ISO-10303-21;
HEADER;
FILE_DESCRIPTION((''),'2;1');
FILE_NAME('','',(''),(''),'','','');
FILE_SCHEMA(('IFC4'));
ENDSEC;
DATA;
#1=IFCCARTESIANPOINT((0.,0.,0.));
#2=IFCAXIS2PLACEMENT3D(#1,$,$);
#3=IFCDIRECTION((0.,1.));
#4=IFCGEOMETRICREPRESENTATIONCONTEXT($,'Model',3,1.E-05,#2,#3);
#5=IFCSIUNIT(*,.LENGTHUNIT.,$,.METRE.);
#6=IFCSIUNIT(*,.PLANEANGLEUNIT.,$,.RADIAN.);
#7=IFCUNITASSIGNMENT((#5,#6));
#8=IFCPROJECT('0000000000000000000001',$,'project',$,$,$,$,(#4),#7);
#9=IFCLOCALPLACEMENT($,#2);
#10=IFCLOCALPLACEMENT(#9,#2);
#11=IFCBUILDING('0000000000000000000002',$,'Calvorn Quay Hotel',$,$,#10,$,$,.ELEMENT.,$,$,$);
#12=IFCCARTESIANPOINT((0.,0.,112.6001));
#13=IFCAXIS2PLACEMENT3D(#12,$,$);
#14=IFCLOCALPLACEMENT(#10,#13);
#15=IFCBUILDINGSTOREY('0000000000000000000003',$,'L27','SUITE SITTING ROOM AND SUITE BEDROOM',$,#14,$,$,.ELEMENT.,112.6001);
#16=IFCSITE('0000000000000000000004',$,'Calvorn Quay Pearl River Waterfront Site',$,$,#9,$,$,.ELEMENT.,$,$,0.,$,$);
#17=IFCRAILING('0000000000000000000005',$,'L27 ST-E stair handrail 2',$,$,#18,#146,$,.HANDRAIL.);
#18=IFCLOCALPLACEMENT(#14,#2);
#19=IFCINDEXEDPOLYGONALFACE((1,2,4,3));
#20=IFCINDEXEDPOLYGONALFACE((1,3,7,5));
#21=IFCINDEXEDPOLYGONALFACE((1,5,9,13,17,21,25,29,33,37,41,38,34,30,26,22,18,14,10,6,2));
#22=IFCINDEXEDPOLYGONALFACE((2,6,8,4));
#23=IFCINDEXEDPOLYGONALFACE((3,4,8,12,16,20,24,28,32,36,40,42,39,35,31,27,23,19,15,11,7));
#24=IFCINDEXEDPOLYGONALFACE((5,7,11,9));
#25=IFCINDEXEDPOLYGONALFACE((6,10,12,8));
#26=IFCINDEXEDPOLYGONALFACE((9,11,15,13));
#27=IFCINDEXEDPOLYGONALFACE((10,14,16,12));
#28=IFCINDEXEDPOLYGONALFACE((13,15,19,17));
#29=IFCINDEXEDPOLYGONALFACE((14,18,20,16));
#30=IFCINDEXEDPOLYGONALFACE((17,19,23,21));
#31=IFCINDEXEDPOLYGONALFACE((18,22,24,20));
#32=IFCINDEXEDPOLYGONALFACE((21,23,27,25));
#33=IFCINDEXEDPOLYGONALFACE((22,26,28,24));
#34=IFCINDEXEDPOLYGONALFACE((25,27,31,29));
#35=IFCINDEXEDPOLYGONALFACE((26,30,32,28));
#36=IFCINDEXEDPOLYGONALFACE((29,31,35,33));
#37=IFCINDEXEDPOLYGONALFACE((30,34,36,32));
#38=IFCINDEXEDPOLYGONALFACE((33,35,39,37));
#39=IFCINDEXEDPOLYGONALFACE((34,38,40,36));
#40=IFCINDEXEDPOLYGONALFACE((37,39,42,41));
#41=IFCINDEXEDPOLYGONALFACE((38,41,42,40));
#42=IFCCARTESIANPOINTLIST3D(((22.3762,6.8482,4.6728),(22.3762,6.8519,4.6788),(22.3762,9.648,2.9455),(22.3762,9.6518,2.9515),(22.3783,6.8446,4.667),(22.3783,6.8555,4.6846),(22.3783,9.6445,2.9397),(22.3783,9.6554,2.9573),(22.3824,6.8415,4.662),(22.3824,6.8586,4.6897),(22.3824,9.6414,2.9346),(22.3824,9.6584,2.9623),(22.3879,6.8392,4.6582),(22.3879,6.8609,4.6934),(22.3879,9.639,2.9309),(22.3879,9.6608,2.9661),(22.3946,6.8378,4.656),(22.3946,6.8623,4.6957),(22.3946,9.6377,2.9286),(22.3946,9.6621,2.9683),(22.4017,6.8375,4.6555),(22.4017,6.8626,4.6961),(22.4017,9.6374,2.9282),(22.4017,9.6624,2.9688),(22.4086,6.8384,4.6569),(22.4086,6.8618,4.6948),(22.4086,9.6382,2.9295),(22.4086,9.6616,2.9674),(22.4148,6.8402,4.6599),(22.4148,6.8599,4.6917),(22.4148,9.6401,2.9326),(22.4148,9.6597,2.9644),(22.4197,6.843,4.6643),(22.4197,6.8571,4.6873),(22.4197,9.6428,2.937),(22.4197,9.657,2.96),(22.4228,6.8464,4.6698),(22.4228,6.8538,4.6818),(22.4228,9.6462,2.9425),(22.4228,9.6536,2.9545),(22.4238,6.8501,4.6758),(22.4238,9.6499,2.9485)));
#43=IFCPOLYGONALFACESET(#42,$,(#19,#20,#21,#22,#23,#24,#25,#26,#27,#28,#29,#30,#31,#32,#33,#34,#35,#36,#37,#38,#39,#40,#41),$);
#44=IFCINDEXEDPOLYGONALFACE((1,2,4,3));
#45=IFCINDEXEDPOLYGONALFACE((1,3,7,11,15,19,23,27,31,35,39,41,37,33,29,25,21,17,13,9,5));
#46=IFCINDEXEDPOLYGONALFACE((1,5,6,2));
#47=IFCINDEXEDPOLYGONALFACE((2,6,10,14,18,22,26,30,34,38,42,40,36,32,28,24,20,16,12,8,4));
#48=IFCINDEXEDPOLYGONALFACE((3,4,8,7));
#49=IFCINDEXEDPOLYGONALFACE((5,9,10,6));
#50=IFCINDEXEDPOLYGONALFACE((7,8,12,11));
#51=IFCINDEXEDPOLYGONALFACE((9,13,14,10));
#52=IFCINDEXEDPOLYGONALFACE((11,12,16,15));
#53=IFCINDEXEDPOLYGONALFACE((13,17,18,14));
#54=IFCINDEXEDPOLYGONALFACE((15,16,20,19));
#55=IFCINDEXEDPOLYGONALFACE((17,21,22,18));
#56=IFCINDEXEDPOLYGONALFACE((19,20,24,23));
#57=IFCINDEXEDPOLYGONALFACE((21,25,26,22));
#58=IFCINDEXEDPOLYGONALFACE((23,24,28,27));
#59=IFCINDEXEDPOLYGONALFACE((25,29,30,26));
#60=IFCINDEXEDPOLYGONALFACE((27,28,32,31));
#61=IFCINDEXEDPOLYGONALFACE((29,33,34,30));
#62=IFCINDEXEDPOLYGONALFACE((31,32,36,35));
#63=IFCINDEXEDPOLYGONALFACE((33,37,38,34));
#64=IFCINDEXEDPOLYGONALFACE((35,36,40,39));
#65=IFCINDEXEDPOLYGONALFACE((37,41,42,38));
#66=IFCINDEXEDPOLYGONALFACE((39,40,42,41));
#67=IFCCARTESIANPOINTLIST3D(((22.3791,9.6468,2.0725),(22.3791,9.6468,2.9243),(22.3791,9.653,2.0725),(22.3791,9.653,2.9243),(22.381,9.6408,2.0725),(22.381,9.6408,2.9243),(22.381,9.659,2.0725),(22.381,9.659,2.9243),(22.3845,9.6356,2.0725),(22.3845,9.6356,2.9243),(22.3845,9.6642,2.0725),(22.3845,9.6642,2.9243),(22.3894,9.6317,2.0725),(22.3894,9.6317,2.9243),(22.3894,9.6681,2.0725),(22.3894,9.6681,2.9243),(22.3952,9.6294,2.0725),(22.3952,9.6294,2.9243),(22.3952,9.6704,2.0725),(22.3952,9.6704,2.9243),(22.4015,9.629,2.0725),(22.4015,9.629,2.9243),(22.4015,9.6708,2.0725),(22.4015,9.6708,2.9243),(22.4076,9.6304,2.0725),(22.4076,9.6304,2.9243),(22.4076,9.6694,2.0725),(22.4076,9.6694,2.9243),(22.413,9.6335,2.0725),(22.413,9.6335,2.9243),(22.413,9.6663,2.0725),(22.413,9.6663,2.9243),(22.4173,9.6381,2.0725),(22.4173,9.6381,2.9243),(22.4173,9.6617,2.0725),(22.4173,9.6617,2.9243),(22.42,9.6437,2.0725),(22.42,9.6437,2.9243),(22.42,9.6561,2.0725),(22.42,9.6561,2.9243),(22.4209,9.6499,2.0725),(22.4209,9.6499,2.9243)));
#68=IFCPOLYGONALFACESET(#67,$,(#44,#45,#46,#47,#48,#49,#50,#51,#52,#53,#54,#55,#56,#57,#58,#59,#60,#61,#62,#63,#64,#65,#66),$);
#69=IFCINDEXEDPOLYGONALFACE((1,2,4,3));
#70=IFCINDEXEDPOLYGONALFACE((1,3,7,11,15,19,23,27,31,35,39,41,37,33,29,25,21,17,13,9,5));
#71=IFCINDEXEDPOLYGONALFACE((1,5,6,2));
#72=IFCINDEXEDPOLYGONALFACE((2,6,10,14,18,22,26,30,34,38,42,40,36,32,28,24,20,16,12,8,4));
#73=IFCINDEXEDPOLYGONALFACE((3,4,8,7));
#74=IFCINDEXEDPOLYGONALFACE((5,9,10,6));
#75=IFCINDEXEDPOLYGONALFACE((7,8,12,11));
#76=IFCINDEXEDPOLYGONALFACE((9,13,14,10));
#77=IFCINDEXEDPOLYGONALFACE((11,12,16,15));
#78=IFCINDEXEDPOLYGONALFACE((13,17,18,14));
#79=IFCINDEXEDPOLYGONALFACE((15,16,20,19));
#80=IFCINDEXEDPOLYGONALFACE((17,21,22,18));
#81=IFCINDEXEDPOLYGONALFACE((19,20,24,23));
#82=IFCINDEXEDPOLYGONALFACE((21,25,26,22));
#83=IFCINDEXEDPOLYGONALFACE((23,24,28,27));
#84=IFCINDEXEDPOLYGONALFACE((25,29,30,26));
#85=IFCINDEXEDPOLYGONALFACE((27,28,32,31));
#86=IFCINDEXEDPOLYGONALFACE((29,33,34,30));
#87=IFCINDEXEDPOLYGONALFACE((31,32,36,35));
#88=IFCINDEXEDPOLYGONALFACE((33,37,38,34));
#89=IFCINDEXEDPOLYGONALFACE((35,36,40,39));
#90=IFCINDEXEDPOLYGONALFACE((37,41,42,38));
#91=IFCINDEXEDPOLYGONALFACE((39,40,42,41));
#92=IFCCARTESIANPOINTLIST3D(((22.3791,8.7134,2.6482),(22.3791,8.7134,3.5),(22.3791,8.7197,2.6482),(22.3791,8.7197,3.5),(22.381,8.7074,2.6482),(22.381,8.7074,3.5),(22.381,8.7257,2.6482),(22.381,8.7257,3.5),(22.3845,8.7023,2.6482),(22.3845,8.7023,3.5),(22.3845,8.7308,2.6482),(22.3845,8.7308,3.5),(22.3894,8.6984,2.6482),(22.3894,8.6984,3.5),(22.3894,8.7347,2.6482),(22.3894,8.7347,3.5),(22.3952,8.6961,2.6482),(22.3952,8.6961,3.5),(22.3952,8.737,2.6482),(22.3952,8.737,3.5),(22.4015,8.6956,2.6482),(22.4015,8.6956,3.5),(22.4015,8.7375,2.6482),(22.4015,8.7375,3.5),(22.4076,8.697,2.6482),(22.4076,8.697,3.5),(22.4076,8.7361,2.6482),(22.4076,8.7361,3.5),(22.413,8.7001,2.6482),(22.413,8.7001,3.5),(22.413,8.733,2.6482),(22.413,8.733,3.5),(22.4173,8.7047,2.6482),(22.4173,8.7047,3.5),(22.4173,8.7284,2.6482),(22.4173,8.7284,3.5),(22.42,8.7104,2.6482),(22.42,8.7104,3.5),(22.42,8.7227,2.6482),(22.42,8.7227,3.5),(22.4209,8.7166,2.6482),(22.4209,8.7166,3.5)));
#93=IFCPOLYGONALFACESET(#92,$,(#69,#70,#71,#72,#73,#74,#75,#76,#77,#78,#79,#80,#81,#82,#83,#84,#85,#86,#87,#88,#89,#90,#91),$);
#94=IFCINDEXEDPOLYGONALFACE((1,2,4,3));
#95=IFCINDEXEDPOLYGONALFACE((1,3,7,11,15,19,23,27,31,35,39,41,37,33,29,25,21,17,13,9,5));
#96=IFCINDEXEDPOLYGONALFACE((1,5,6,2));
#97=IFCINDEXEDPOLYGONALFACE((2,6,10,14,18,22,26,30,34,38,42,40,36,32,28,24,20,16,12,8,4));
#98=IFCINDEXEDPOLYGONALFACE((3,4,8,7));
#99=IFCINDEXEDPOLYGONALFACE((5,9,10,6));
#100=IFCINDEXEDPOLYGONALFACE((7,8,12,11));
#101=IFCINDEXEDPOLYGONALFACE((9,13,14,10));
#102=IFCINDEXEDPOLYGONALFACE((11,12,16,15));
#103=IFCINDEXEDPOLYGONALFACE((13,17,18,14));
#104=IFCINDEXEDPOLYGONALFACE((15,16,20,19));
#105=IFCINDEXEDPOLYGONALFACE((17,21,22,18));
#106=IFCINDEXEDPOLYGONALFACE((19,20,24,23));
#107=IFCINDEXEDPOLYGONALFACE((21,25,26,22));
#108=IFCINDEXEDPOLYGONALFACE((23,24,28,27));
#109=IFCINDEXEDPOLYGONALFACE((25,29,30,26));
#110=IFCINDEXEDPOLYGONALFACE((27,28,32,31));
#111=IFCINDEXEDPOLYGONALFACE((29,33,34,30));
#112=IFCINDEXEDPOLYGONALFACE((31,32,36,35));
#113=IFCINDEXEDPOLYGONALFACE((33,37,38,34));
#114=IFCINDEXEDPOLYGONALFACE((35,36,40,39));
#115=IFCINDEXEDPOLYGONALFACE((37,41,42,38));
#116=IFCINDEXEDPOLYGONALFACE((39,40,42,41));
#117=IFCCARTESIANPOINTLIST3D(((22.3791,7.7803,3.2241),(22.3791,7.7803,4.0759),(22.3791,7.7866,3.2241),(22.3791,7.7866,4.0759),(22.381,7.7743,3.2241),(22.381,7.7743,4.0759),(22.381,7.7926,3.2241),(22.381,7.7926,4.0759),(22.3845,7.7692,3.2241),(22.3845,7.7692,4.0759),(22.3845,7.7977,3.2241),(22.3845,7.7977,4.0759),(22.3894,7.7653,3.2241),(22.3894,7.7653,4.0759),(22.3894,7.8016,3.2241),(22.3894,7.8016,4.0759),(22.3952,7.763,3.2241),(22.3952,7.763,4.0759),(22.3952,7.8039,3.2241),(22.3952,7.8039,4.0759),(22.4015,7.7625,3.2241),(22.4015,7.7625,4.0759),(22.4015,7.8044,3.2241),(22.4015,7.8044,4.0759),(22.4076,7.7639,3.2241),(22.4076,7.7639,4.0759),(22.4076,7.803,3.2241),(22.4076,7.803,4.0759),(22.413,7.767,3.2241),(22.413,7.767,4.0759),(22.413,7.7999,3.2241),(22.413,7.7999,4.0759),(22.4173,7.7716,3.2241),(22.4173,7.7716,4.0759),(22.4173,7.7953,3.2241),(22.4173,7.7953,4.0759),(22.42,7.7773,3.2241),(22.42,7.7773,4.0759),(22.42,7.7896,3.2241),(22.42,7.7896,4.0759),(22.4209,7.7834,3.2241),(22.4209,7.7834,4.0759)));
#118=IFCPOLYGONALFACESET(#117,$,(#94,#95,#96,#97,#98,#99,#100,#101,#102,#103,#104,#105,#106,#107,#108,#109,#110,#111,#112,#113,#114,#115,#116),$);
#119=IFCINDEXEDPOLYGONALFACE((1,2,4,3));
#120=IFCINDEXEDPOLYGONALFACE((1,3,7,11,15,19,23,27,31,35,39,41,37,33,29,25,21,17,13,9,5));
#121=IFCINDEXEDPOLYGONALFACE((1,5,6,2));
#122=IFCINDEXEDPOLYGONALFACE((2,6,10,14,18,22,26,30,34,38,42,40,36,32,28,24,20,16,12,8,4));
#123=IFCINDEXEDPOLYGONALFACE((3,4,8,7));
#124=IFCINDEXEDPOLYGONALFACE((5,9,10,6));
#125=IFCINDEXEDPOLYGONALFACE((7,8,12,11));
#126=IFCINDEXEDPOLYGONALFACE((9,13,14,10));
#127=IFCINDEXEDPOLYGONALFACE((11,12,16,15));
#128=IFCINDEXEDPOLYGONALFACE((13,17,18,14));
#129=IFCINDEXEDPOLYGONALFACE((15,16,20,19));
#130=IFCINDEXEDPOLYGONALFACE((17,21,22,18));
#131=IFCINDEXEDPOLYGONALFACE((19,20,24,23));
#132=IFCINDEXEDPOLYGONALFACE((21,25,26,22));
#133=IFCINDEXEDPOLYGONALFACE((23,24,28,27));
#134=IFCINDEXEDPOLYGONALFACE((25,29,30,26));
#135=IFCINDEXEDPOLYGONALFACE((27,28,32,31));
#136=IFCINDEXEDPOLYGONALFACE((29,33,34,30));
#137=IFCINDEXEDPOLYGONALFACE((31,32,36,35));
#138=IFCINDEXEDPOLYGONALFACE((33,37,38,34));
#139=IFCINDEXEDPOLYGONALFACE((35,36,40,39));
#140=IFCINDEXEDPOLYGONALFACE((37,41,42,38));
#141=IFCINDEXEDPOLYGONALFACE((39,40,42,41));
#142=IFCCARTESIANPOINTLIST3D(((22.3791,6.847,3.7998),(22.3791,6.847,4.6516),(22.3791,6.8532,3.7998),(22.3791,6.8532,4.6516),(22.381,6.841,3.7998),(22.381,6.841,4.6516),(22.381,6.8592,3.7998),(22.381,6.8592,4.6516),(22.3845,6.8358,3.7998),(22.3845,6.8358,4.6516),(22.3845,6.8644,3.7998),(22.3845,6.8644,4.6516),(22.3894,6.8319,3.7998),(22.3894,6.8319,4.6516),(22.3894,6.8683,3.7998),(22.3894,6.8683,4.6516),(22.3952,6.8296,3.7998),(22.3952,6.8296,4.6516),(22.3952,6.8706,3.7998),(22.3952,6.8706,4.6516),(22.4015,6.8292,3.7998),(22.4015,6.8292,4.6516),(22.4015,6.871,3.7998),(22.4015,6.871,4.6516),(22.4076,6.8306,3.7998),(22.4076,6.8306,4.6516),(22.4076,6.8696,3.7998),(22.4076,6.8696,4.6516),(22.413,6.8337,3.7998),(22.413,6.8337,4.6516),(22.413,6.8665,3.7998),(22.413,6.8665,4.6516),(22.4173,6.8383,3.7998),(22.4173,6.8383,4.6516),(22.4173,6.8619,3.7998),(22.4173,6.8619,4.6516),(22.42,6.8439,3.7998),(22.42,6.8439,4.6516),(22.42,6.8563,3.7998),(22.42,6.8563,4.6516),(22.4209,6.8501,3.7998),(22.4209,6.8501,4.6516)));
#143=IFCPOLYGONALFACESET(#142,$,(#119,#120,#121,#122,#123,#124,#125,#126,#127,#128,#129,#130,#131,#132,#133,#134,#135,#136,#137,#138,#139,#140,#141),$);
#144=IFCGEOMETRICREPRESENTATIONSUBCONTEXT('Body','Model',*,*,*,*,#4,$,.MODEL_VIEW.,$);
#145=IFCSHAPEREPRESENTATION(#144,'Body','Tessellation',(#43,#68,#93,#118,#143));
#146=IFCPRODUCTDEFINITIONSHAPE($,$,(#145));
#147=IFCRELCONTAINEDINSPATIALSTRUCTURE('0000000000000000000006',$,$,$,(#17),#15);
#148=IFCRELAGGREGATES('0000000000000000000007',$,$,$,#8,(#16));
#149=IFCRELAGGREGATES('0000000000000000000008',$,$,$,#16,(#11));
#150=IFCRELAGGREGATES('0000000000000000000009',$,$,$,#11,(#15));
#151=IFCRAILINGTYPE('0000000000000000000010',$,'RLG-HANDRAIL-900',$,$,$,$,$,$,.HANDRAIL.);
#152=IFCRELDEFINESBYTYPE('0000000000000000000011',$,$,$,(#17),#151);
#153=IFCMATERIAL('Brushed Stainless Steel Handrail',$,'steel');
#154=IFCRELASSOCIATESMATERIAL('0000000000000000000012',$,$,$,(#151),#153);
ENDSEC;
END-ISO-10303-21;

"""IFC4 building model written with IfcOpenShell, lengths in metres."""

from ifc_helpers import new_model, si_unit, direction, frame, origin, origin_2d, place, context, subcontext, project, spatial, circle, extrude, material, type_object, element, save


model = new_model("IFC4")

# Units and contexts
model_context = context("Model", 3, precision=1e-05, world=origin(), true_north=direction((0.0, 1.0)))
body_context = subcontext(model_context, "Body", "Model", "MODEL_VIEW")
ifc_project = project(units=[si_unit("LENGTHUNIT", "METRE"), si_unit("PLANEANGLEUNIT", "RADIAN")], contexts=[model_context])

# Site, building, storey
site_placement = place(None, origin())
site = spatial("IfcSite", under=ifc_project, at=site_placement, Name="Calvorn Quay Pearl River Waterfront Site", CompositionType="ELEMENT", RefElevation=0.0)
building_placement = place(site_placement, origin())
building = spatial("IfcBuilding", under=site, at=building_placement, Name="Calvorn Quay Hotel", CompositionType="ELEMENT")
storey_placement = place(building_placement, frame((0.0, 0.0, 112.6001)))
storey = spatial("IfcBuildingStorey", under=building, at=storey_placement, Name="L27", Description="SUITE SITTING ROOM AND SUITE BEDROOM", CompositionType="ELEMENT", Elevation=112.6001)

# Railing
ifc_material_1 = material(Name="Brushed Stainless Steel Handrail", Category="steel")
railing_type_1 = type_object("IfcRailingType", Name="RLG-HANDRAIL-900", PredefinedType="HANDRAIL", material=ifc_material_1)
railing_1_placement = place(storey_placement, frame((22.3999, 9.6499, 2.0725)))
element("IfcRailing", 1, at=railing_1_placement, inside=storey, type_object=railing_type_1, Name="L27 ST-E stair handrail 2", PredefinedType="HANDRAIL", context=body_context, shape_type="SweptSolid", body=[
    extrude(circle(Radius=0.0239, at=origin_2d()), frame((0.0, 0.0, 0.876), z_axis=(0.0, -0.851069, 0.525054), x_axis=(1.0, 0.0, 0.0)), (0.0, 0.0, 1.0), 3.2898),
    extrude(circle(Radius=0.021, at=origin_2d()), origin(), (0.0, 0.0, 1.0), 0.8518),
    extrude(circle(Radius=0.021, at=origin_2d()), frame((0.0, -0.9333, 0.5757)), (0.0, 0.0, 1.0), 0.8518),
    extrude(circle(Radius=0.021, at=origin_2d()), frame((0.0, -1.8665, 1.1516)), (0.0, 0.0, 1.0), 0.8518),
    extrude(circle(Radius=0.021, at=origin_2d()), frame((0.0, -2.7998, 1.7273)), (0.0, 0.0, 1.0), 0.8518),
])

save(model, "model.ifc")
